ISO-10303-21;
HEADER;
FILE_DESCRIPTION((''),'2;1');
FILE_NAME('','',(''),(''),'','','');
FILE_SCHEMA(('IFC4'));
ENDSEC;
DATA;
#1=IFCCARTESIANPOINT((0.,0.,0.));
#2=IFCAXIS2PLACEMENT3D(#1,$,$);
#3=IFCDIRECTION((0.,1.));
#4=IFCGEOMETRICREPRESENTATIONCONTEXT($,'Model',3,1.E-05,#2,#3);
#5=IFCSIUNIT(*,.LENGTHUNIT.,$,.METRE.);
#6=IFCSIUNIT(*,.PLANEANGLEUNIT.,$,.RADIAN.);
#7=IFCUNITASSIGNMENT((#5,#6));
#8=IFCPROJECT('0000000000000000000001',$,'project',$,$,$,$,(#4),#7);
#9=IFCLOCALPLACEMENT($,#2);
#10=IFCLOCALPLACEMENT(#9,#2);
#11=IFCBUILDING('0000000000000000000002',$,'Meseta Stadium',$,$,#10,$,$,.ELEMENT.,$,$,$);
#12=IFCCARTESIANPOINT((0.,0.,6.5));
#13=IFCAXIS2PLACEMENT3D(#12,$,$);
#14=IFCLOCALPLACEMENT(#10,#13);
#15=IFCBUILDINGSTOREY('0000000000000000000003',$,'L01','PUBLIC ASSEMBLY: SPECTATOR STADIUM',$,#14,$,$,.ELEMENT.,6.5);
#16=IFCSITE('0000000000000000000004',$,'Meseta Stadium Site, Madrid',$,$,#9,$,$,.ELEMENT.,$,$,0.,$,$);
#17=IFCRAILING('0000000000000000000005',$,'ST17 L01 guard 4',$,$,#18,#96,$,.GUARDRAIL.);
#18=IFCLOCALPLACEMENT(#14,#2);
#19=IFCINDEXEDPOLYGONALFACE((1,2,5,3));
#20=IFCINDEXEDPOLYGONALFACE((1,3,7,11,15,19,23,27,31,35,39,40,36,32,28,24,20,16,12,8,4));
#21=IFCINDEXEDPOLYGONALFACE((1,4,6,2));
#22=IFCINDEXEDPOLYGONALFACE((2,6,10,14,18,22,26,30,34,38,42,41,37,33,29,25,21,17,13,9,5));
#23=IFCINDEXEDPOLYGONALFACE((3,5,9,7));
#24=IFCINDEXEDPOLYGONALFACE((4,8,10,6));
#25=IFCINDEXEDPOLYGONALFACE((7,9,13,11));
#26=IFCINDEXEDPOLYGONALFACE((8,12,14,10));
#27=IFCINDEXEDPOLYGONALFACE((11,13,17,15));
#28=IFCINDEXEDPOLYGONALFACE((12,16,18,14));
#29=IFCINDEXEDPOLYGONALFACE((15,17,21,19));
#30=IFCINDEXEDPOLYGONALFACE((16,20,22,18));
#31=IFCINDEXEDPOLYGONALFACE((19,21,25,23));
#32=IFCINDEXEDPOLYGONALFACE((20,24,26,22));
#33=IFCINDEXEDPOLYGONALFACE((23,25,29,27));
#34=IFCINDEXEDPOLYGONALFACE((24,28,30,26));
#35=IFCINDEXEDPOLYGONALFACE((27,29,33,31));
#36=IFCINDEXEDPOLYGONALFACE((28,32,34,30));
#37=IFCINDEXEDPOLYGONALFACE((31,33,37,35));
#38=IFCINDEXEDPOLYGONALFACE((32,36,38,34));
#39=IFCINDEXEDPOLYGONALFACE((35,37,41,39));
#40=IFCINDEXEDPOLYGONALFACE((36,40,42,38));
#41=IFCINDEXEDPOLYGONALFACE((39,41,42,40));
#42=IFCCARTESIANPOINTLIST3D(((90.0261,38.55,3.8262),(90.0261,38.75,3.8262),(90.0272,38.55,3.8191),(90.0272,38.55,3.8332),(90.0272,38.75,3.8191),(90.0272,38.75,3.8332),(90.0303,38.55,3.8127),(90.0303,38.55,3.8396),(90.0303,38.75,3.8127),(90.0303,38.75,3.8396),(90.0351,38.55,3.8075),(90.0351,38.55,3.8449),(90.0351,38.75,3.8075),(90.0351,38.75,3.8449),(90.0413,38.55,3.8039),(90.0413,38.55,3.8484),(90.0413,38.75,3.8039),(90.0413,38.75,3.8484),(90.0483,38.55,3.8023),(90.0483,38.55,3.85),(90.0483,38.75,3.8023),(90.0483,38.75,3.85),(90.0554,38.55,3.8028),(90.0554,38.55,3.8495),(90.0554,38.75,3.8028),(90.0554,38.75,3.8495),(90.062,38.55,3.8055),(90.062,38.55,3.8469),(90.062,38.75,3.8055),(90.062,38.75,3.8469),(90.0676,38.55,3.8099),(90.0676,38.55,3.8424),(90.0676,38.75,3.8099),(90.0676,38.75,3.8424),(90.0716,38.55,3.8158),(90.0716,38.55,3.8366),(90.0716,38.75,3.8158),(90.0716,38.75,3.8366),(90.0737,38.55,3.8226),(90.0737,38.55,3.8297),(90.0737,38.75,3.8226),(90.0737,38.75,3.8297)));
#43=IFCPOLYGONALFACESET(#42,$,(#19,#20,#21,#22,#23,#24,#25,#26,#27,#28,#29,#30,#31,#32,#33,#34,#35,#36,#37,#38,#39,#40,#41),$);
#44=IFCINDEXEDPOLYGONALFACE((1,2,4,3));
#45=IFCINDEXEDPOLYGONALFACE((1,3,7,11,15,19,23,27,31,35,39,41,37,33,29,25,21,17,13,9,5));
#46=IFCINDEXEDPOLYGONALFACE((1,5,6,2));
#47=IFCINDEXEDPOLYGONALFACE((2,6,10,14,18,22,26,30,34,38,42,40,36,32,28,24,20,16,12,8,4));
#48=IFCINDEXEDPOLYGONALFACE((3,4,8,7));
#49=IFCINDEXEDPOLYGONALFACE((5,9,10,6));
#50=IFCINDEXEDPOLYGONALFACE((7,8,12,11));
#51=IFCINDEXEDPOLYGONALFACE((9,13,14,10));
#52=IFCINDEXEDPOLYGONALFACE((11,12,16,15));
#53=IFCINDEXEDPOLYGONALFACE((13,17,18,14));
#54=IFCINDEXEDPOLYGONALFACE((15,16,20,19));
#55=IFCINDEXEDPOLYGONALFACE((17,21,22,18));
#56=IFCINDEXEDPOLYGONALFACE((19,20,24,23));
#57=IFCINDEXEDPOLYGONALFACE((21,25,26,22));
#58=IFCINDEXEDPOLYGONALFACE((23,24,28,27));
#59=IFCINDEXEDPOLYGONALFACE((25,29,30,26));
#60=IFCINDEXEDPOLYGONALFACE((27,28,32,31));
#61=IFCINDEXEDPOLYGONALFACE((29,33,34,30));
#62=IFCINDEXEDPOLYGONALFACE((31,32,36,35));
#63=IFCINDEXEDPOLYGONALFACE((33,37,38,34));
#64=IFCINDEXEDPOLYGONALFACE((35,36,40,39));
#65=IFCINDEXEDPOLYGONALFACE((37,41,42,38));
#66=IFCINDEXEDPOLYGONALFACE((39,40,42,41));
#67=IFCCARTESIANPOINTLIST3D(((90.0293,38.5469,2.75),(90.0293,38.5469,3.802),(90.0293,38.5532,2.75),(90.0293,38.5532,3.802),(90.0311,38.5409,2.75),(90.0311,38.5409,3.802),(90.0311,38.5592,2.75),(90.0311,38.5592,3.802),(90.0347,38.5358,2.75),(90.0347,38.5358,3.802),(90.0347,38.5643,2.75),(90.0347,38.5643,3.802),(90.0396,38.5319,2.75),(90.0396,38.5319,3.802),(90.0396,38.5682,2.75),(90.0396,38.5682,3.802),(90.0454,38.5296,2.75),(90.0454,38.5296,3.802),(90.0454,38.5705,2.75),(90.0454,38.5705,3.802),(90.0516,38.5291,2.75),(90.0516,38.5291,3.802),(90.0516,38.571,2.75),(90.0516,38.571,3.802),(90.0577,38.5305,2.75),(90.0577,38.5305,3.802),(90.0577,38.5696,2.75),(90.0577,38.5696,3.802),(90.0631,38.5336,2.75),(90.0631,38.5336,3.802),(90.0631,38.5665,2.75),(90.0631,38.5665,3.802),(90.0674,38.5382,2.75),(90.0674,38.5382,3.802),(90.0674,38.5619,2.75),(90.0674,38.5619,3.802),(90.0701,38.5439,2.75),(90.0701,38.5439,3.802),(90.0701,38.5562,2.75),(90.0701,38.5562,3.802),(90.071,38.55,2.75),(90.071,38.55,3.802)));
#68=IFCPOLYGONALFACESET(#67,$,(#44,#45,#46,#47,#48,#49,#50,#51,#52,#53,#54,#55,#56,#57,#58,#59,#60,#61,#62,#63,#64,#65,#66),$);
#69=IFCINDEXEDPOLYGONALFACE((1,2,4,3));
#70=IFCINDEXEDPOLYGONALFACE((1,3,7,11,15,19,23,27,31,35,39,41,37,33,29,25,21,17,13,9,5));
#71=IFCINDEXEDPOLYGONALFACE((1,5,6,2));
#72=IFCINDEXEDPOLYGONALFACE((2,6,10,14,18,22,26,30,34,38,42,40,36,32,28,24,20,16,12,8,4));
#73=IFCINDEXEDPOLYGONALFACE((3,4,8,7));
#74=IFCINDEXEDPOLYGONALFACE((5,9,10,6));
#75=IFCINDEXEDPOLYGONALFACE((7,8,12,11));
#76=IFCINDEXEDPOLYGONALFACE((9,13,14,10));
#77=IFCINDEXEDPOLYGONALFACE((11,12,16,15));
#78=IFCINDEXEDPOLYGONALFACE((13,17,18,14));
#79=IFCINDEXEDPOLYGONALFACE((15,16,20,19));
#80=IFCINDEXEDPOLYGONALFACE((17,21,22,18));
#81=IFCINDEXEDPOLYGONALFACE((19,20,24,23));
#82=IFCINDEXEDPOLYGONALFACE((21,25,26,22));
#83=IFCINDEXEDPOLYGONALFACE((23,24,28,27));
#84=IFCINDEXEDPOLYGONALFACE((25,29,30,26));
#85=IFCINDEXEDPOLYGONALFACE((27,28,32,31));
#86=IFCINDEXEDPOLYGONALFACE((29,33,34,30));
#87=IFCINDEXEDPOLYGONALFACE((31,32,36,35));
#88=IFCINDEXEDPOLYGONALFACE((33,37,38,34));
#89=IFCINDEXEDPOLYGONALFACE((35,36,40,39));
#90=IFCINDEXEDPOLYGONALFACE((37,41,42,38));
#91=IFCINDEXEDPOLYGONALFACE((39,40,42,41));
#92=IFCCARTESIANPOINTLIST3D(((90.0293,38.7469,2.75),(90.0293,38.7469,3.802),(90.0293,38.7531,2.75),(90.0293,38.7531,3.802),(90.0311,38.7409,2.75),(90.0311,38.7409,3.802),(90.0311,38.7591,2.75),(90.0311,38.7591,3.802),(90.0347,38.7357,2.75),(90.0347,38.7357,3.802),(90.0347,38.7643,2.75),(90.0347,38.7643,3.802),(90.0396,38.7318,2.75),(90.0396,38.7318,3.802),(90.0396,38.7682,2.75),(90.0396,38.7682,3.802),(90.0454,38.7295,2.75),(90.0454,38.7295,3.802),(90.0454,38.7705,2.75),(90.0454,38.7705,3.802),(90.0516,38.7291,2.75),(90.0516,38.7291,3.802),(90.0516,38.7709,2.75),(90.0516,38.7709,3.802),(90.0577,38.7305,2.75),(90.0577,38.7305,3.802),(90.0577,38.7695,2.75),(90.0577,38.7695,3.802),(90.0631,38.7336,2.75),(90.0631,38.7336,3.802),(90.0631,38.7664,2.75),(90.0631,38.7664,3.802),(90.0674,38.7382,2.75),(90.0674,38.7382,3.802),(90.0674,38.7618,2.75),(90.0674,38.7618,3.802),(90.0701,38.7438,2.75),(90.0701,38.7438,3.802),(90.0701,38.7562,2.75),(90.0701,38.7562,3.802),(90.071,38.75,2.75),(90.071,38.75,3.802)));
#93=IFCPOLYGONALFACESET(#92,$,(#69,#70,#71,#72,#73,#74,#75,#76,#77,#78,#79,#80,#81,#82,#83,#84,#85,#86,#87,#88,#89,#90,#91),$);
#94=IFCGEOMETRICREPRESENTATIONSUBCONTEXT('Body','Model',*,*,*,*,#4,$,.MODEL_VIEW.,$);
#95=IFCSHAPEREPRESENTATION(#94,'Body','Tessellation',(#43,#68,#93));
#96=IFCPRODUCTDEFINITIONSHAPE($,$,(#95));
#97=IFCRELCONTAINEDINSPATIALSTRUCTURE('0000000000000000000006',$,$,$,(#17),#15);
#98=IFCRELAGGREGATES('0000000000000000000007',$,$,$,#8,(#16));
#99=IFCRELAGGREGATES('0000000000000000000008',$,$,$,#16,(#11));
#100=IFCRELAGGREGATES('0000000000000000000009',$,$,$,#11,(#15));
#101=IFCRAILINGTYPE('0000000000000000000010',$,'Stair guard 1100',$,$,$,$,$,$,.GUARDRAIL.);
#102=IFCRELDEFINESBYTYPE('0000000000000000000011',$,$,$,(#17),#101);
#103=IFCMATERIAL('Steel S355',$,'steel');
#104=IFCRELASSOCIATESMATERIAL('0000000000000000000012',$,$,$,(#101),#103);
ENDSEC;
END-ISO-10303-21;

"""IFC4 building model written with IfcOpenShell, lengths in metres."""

from ifc_helpers import new_model, si_unit, direction, frame, origin, origin_2d, place, context, subcontext, project, spatial, circle, extrude, material, type_object, element, save


model = new_model("IFC4")

# Units and contexts
model_context = context("Model", 3, precision=1e-05, world=origin(), true_north=direction((0.0, 1.0)))
body_context = subcontext(model_context, "Body", "Model", "MODEL_VIEW")
ifc_project = project(units=[si_unit("LENGTHUNIT", "METRE"), si_unit("PLANEANGLEUNIT", "RADIAN")], contexts=[model_context])

# Site, building, storey
site_placement = place(None, origin())
site = spatial("IfcSite", under=ifc_project, at=site_placement, Name="Meseta Stadium Site, Madrid", CompositionType="ELEMENT", RefElevation=0.0)
building_placement = place(site_placement, origin())
building = spatial("IfcBuilding", under=site, at=building_placement, Name="Meseta Stadium", CompositionType="ELEMENT")
storey_placement = place(building_placement, frame((0.0, 0.0, 6.5)))
storey = spatial("IfcBuildingStorey", under=building, at=storey_placement, Name="L01", Description="PUBLIC ASSEMBLY: SPECTATOR STADIUM", CompositionType="ELEMENT", Elevation=6.5)

# Railing
ifc_material_1 = material(Name="Steel S355", Category="steel")
railing_type_1 = type_object("IfcRailingType", Name="Stair guard 1100", PredefinedType="GUARDRAIL", material=ifc_material_1)
railing_1_placement = place(storey_placement, frame((90.05, 38.55, 2.75)))
element("IfcRailing", 1, at=railing_1_placement, inside=storey, type_object=railing_type_1, Name="ST17 L01 guard 4", PredefinedType="GUARDRAIL", context=body_context, shape_type="SweptSolid", body=[
    extrude(circle(Radius=0.0239, at=origin_2d()), frame((0.0, 0.0, 1.0762), z_axis=(0.0, 1.0, 0.0), x_axis=(-1.0, 0.0, 0.0)), (0.0, 0.0, 1.0), 0.2),
    extrude(circle(Radius=0.021, at=origin_2d()), origin(), (0.0, 0.0, 1.0), 1.052),
    extrude(circle(Radius=0.021, at=origin_2d()), frame((0.0, 0.2, 0.0)), (0.0, 0.0, 1.0), 1.052),
])

save(model, "model.ifc")
